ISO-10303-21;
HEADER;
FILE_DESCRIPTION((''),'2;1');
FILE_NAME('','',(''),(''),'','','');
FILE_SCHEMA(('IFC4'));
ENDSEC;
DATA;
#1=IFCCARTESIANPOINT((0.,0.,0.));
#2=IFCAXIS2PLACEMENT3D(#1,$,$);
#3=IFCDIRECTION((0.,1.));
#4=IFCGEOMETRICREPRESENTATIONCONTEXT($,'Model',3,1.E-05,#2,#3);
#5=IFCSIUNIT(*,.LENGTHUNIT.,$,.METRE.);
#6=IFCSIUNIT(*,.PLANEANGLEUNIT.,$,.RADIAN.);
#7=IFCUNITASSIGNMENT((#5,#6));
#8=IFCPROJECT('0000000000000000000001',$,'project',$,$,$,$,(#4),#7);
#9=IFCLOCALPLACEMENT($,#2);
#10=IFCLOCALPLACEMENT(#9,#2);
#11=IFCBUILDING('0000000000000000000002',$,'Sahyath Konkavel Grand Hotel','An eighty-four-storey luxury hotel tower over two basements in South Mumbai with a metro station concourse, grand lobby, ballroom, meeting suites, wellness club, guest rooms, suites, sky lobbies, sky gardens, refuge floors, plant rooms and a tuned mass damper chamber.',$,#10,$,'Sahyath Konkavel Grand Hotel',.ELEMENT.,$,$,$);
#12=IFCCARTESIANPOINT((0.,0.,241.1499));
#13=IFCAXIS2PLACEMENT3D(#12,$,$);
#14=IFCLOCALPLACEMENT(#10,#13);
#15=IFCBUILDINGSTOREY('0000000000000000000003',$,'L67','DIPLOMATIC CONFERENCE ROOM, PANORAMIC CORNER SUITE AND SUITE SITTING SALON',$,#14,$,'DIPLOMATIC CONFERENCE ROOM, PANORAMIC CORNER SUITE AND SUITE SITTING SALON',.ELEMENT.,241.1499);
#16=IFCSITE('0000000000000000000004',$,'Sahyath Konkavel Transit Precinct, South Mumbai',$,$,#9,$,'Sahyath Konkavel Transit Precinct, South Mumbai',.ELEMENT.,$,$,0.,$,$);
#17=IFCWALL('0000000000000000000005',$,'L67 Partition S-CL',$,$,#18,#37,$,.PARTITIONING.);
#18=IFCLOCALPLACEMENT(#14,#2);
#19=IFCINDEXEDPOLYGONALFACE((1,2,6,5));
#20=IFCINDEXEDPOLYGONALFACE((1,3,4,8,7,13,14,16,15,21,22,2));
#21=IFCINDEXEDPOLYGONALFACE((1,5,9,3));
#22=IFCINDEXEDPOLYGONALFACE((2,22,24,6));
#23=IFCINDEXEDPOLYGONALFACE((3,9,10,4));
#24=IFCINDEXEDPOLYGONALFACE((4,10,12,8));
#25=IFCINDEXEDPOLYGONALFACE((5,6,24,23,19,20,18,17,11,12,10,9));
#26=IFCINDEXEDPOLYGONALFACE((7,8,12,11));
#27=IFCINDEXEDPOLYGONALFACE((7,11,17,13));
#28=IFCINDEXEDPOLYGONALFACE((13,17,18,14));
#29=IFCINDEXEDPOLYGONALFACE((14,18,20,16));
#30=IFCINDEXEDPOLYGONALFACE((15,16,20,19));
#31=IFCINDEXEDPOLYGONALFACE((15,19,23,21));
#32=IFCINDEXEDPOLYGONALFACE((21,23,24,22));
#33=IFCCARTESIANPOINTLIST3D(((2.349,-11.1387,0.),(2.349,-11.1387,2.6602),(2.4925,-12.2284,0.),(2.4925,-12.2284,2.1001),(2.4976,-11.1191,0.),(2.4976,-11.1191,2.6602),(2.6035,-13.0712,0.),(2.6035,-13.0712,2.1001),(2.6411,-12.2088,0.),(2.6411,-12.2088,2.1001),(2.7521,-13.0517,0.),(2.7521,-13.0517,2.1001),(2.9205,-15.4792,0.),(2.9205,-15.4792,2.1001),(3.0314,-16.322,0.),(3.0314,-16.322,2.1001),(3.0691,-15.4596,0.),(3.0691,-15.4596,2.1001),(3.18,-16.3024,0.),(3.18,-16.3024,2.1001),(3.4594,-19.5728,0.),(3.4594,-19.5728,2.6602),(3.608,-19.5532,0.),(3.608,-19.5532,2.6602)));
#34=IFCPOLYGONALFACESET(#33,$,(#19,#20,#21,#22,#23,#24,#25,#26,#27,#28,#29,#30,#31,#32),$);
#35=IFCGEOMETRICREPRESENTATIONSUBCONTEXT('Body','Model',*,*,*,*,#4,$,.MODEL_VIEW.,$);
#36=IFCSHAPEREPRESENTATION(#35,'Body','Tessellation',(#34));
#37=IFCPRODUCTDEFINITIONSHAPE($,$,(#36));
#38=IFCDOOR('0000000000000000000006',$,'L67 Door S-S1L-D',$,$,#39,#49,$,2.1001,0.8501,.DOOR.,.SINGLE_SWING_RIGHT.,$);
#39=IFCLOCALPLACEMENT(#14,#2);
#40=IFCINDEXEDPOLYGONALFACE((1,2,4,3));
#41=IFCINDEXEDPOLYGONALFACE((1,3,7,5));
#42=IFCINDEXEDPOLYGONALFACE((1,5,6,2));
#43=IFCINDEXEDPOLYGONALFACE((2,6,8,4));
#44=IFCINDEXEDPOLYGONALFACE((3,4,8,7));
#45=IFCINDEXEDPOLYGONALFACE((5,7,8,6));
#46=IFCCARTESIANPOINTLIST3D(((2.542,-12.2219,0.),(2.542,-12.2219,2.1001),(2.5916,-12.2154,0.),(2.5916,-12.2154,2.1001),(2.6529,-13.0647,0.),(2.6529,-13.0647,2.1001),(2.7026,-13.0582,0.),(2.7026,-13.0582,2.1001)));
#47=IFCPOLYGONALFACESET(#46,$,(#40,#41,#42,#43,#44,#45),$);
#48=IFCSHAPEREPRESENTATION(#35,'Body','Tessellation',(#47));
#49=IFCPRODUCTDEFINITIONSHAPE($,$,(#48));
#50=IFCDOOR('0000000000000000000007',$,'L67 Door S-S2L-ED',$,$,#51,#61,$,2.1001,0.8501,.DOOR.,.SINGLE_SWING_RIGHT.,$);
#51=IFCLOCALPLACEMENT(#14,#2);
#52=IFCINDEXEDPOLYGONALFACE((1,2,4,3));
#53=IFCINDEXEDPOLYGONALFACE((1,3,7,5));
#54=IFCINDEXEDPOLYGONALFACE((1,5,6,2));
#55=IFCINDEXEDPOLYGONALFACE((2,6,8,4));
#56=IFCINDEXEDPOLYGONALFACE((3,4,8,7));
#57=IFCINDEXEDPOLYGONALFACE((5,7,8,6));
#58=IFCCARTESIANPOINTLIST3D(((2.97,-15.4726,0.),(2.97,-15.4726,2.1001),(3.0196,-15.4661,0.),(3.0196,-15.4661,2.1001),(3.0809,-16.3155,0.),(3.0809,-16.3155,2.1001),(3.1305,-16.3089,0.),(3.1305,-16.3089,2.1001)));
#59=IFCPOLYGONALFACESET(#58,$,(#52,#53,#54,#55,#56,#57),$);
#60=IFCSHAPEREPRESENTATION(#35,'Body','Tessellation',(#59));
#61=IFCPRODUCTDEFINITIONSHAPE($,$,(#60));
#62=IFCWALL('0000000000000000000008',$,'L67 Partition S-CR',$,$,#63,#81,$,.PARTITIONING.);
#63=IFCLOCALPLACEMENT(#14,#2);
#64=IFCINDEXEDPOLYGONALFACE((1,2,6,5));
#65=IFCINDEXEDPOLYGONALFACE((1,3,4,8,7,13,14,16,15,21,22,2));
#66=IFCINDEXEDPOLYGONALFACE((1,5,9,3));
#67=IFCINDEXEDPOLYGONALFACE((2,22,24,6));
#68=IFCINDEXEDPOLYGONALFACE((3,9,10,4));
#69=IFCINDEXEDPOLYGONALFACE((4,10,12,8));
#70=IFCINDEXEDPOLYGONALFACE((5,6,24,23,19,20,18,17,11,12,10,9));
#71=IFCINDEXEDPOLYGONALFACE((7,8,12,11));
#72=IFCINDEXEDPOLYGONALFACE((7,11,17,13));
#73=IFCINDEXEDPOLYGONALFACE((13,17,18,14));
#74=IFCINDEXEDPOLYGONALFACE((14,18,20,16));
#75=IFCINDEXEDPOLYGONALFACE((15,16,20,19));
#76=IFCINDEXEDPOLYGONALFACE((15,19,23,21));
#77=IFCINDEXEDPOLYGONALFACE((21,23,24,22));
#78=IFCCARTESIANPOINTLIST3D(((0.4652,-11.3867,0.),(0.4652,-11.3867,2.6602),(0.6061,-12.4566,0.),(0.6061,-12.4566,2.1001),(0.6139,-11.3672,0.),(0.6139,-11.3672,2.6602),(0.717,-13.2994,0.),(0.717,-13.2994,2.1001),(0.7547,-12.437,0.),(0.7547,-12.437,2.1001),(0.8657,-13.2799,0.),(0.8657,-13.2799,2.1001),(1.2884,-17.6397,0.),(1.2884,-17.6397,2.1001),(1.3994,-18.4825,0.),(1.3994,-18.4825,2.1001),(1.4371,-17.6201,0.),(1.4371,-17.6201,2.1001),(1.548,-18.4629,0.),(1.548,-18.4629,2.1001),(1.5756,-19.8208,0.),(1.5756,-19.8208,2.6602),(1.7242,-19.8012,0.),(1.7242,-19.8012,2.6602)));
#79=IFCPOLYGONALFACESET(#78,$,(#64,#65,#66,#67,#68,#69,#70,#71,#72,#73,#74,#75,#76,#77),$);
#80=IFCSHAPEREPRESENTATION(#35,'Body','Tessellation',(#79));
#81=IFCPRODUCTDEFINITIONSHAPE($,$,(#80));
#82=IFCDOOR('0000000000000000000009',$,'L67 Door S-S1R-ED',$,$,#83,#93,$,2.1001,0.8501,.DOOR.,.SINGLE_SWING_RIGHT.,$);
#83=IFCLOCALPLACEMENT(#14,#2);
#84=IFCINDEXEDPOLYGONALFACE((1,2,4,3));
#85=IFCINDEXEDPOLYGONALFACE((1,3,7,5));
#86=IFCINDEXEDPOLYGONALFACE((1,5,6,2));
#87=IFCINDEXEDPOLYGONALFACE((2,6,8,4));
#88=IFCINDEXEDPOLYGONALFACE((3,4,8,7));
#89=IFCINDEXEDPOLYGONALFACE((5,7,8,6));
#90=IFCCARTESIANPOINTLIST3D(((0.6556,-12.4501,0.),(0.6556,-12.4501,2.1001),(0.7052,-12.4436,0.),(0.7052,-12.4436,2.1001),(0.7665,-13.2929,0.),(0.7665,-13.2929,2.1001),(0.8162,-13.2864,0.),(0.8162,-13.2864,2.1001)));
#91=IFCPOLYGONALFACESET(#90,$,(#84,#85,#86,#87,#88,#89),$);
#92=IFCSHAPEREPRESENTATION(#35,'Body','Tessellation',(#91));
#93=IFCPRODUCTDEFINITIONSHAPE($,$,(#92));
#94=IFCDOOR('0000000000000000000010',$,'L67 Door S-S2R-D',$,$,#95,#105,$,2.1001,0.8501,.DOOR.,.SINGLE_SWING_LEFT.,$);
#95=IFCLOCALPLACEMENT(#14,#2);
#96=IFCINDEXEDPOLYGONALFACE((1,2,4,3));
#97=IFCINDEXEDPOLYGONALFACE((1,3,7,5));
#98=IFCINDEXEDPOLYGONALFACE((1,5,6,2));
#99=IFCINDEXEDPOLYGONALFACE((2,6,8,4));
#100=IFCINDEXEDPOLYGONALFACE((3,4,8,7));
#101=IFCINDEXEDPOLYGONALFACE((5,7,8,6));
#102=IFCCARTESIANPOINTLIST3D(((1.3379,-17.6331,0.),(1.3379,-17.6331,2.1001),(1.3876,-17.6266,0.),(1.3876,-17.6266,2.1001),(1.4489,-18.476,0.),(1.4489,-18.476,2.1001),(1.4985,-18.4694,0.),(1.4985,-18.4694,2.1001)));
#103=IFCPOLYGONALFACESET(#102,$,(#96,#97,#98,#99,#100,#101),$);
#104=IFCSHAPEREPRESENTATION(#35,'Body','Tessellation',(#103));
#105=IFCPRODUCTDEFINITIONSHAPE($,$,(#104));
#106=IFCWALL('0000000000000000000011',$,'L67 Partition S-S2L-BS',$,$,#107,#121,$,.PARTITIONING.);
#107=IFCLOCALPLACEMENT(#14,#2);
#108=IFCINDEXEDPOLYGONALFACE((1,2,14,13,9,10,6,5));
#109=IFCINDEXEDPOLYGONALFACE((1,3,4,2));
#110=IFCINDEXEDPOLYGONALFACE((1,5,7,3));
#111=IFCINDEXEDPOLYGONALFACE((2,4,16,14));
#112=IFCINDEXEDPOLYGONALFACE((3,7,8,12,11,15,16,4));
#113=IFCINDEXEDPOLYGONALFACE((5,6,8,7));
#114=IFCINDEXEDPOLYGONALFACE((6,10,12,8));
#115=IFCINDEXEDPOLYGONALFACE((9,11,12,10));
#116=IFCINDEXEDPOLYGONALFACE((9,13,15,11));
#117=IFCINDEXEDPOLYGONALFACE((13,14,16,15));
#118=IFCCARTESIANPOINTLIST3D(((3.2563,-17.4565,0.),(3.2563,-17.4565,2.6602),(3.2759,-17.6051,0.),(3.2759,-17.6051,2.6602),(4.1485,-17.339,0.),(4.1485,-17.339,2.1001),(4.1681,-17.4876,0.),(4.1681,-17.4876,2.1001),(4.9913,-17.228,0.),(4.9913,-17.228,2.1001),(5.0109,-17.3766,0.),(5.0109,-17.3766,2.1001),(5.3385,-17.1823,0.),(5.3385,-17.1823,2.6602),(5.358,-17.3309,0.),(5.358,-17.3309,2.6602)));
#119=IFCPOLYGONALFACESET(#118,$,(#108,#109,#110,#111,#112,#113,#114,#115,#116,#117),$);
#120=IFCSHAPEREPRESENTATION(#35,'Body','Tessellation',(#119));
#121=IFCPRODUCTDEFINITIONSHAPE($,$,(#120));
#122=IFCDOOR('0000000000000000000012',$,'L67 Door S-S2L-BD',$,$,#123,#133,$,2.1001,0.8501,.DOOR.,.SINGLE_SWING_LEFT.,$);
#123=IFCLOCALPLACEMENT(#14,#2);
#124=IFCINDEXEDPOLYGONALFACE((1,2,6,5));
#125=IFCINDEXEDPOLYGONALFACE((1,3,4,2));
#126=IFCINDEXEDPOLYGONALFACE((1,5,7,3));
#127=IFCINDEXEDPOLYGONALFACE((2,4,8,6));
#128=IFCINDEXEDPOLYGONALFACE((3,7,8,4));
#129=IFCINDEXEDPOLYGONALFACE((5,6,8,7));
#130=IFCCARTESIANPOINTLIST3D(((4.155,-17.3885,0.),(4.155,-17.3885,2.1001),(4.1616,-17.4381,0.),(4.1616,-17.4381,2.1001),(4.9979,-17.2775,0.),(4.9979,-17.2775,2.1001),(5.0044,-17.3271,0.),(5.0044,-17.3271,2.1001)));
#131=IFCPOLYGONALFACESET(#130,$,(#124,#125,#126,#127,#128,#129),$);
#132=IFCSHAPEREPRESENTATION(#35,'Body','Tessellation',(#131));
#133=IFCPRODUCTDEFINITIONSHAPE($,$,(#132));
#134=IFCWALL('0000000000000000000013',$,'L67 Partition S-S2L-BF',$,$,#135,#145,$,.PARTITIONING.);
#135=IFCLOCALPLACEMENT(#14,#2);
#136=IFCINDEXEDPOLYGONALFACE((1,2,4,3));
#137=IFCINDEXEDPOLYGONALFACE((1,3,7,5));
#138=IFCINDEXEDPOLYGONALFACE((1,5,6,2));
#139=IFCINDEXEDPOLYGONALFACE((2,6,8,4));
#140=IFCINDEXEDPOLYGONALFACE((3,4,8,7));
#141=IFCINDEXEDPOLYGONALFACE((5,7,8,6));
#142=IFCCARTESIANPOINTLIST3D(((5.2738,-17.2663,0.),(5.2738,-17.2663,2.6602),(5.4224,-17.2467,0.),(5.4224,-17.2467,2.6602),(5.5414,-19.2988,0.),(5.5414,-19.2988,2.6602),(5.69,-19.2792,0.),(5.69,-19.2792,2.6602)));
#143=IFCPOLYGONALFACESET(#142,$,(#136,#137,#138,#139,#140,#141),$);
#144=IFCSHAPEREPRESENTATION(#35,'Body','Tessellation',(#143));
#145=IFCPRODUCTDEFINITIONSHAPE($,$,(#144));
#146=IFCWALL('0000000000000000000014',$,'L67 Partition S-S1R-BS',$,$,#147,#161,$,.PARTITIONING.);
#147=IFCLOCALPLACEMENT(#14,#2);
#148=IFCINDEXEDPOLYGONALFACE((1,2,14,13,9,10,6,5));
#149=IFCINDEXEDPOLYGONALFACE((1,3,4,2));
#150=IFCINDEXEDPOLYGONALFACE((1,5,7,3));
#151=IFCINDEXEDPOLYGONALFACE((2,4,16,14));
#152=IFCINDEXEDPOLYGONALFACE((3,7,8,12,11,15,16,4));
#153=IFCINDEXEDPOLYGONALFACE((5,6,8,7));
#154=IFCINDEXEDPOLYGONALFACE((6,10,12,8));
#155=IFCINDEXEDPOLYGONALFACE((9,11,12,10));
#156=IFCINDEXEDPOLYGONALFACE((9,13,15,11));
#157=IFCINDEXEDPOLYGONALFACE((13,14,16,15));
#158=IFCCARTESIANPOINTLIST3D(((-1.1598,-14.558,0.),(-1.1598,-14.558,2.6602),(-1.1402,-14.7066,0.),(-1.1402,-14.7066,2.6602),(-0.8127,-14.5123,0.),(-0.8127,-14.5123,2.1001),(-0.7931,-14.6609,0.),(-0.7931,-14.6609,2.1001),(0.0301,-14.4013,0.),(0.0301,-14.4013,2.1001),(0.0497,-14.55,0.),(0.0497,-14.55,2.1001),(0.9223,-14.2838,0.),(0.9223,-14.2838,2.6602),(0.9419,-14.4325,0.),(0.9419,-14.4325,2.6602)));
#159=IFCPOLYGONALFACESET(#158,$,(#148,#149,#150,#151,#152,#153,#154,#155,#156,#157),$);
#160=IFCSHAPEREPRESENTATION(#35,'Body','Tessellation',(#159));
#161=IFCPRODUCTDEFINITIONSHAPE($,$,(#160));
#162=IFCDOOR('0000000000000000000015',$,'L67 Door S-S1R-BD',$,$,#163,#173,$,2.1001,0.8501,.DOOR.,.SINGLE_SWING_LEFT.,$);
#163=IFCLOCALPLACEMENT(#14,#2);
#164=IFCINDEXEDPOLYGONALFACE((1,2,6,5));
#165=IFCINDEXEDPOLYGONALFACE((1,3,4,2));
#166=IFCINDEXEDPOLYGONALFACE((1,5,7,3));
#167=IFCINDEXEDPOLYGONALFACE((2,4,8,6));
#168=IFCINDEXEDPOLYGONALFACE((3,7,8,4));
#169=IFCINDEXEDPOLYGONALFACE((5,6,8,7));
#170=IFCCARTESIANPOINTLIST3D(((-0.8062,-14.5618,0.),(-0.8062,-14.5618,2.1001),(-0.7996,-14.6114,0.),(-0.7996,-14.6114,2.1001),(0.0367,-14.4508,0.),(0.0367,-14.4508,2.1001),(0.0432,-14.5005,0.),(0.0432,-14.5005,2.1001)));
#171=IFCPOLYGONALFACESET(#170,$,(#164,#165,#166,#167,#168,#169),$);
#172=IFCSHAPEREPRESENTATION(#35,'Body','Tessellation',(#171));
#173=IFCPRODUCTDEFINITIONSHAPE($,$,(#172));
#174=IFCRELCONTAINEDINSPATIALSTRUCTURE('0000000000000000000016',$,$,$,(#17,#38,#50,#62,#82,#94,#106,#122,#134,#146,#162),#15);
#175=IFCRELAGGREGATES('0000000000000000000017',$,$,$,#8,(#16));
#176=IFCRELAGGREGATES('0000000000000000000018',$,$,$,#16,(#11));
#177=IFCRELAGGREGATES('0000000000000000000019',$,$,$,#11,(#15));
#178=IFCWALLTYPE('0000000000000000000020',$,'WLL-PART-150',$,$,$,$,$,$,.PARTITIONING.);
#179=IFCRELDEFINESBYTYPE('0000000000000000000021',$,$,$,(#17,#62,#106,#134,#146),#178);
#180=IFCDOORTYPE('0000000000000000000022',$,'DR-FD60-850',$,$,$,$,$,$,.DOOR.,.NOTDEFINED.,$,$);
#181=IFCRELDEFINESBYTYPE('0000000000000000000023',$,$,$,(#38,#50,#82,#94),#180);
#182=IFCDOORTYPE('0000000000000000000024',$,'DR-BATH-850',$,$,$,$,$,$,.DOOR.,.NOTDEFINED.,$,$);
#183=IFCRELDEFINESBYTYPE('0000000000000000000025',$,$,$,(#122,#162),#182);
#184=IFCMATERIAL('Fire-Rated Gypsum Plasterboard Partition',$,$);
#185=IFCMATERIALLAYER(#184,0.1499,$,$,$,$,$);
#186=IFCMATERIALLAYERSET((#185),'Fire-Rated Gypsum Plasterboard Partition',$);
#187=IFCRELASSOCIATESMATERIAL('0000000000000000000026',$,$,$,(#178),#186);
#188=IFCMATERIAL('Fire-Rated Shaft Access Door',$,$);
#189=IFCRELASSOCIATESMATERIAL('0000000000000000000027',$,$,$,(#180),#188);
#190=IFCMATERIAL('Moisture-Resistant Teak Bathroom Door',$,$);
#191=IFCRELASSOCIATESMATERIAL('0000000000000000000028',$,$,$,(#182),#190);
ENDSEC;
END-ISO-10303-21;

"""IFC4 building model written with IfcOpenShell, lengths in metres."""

from ifc_helpers import new_model, si_unit, direction, frame, frame_2d, origin, origin_2d, place, context, subcontext, project, spatial, rectangle, extrude, source, transform, mapped, material, layer, layer_set, type_object, element, fill, save


model = new_model("IFC4")

# Units and contexts
model_context = context("Model", 3, precision=1e-05, world=origin(), true_north=direction((0.0, 1.0)))
body_context = subcontext(model_context, "Body", "Model", "MODEL_VIEW")
ifc_project = project(units=[si_unit("LENGTHUNIT", "METRE"), si_unit("PLANEANGLEUNIT", "RADIAN")], contexts=[model_context])

# Site, building, storey
site_placement = place(None, origin())
site = spatial("IfcSite", under=ifc_project, at=site_placement, Name="Sahyath Konkavel Transit Precinct, South Mumbai", LongName="Sahyath Konkavel Transit Precinct, South Mumbai", CompositionType="ELEMENT", RefElevation=0.0)
building_placement = place(site_placement, origin())
building = spatial("IfcBuilding", under=site, at=building_placement, Name="Sahyath Konkavel Grand Hotel", Description="An eighty-four-storey luxury hotel tower over two basements in South Mumbai with a metro station concourse, grand lobby, ballroom, meeting suites, wellness club, guest rooms, suites, sky lobbies, sky gardens, refuge floors, plant rooms and a tuned mass damper chamber.", LongName="Sahyath Konkavel Grand Hotel", CompositionType="ELEMENT")
storey_placement = place(building_placement, frame((0.0, 0.0, 241.1499)))
storey = spatial("IfcBuildingStorey", under=building, at=storey_placement, Name="L67", Description="DIPLOMATIC CONFERENCE ROOM, PANORAMIC CORNER SUITE AND SUITE SITTING SALON", LongName="DIPLOMATIC CONFERENCE ROOM, PANORAMIC CORNER SUITE AND SUITE SITTING SALON", CompositionType="ELEMENT", Elevation=241.1499)

# Walls, openings, doors
ifc_material_1 = material(Name="Fire-Rated Gypsum Plasterboard Partition")
ifc_layer_1 = layer(ifc_material_1, 0.1499)
ifc_layer_set_1 = layer_set([ifc_layer_1], Name="Fire-Rated Gypsum Plasterboard Partition")
wall_type_1 = type_object("IfcWallType", Name="WLL-PART-150", PredefinedType="PARTITIONING", material=ifc_layer_set_1)
wall_1_placement = place(storey_placement, frame((2.4233, -11.1289, 0.0), z_axis=(0.0, 0.0, 1.0), x_axis=(0.130524, -0.991445, 0.0)))
wall_1 = element("IfcWall", 1, at=wall_1_placement, inside=storey, type_object=wall_type_1, Name="L67 Partition S-CL", PredefinedType="PARTITIONING", context=body_context, shape_type="SweptSolid", body=[
    extrude(rectangle(XDim=8.5068, YDim=0.1499, at=frame_2d((4.2534, 0.0))), origin(), (0.0, 0.0, 1.0), 2.6602),
])
opening_1_placement = place(wall_1_placement, frame((1.0991, 0.0, 0.0)))
opening_1 = element("IfcOpeningElement", 2, at=opening_1_placement, cuts=wall_1, PredefinedType="OPENING", context=body_context, shape_type="SweptSolid", body=[
    extrude(rectangle(XDim=0.8501, YDim=2.1001, at=frame_2d((0.425, 1.05))), frame((0.0, 0.085, 0.0), z_axis=(0.0, -1.0, 0.0), x_axis=(1.0, 0.0, 0.0)), (0.0, 0.0, 1.0), 0.1699),
])
opening_2_placement = place(wall_1_placement, frame((4.3779, 0.0, 0.0)))
opening_2 = element("IfcOpeningElement", 3, at=opening_2_placement, cuts=wall_1, PredefinedType="OPENING", context=body_context, shape_type="SweptSolid", body=[
    extrude(rectangle(XDim=0.8501, YDim=2.1001, at=frame_2d((0.425, 1.05))), frame((0.0, 0.085, 0.0), z_axis=(0.0, -1.0, 0.0), x_axis=(1.0, 0.0, 0.0)), (0.0, 0.0, 1.0), 0.1699),
])
ifc_material_2 = material(Name="Fire-Rated Shaft Access Door")
door_type_1 = type_object("IfcDoorType", Name="DR-FD60-850", OperationType="NOTDEFINED", PredefinedType="DOOR", material=ifc_material_2)
shared_shape_1 = source(origin(), body_context, "Body", "SweptSolid", [
    extrude(rectangle(XDim=0.8501, YDim=0.05, at=origin_2d()), origin(), (0.0, 0.0, 1.0), 2.1001),
])
door_1_placement = place(opening_1_placement, frame((0.425, 0.0, 0.0)))
door_1 = element("IfcDoor", 4, at=door_1_placement, inside=storey, type_object=door_type_1, Name="L67 Door S-S1L-D", OperationType="SINGLE_SWING_RIGHT", OverallHeight=2.1001, OverallWidth=0.8501, PredefinedType="DOOR", context=body_context, shape_type="MappedRepresentation", body=[
    mapped(shared_shape_1, transform((0.0, 0.0, 0.0), scale=1.0)),
])
fill(opening_1, door_1)
door_2_placement = place(opening_2_placement, frame((0.425, 0.0, 0.0)))
door_2 = element("IfcDoor", 5, at=door_2_placement, inside=storey, type_object=door_type_1, Name="L67 Door S-S2L-ED", OperationType="SINGLE_SWING_RIGHT", OverallHeight=2.1001, OverallWidth=0.8501, PredefinedType="DOOR", context=body_context, shape_type="MappedRepresentation", body=[
    mapped(shared_shape_1, transform((0.0, 0.0, 0.0), scale=1.0)),
])
fill(opening_2, door_2)
wall_2_placement = place(storey_placement, frame((0.5396, -11.377, 0.0), z_axis=(0.0, 0.0, 1.0), x_axis=(0.130524, -0.991445, 0.0)))
wall_2 = element("IfcWall", 6, at=wall_2_placement, inside=storey, type_object=wall_type_1, Name="L67 Partition S-CR", PredefinedType="PARTITIONING", context=body_context, shape_type="SweptSolid", body=[
    extrude(rectangle(XDim=8.5068, YDim=0.1499, at=frame_2d((4.2534, 0.0))), origin(), (0.0, 0.0, 1.0), 2.6602),
])
opening_3_placement = place(wall_2_placement, frame((1.0791, 0.0, 0.0)))
opening_3 = element("IfcOpeningElement", 7, at=opening_3_placement, cuts=wall_2, PredefinedType="OPENING", context=body_context, shape_type="SweptSolid", body=[
    extrude(rectangle(XDim=0.8501, YDim=2.1001, at=frame_2d((0.425, 1.05))), frame((0.0, 0.085, 0.0), z_axis=(0.0, -1.0, 0.0), x_axis=(1.0, 0.0, 0.0)), (0.0, 0.0, 1.0), 0.1699),
])
opening_4_placement = place(wall_2_placement, frame((6.3069, 0.0, 0.0)))
opening_4 = element("IfcOpeningElement", 8, at=opening_4_placement, cuts=wall_2, PredefinedType="OPENING", context=body_context, shape_type="SweptSolid", body=[
    extrude(rectangle(XDim=0.8501, YDim=2.1001, at=frame_2d((0.425, 1.05))), frame((0.0, 0.085, 0.0), z_axis=(0.0, -1.0, 0.0), x_axis=(1.0, 0.0, 0.0)), (0.0, 0.0, 1.0), 0.1699),
])
door_3_placement = place(opening_3_placement, frame((0.425, 0.0, 0.0)))
door_3 = element("IfcDoor", 9, at=door_3_placement, inside=storey, type_object=door_type_1, Name="L67 Door S-S1R-ED", OperationType="SINGLE_SWING_RIGHT", OverallHeight=2.1001, OverallWidth=0.8501, PredefinedType="DOOR", context=body_context, shape_type="MappedRepresentation", body=[
    mapped(shared_shape_1, transform((0.0, 0.0, 0.0), scale=1.0)),
])
fill(opening_3, door_3)
door_4_placement = place(opening_4_placement, frame((0.425, 0.0, 0.0)))
door_4 = element("IfcDoor", 10, at=door_4_placement, inside=storey, type_object=door_type_1, Name="L67 Door S-S2R-D", OperationType="SINGLE_SWING_LEFT", OverallHeight=2.1001, OverallWidth=0.8501, PredefinedType="DOOR", context=body_context, shape_type="MappedRepresentation", body=[
    mapped(shared_shape_1, transform((0.0, 0.0, 0.0), scale=1.0)),
])
fill(opening_4, door_4)

# Wall, opening, door
wall_3_placement = place(storey_placement, frame((3.2661, -17.5308, 0.0), z_axis=(0.0, 0.0, 1.0), x_axis=(0.991441, 0.130557, 0.0)))
wall_3 = element("IfcWall", 11, at=wall_3_placement, inside=storey, type_object=wall_type_1, Name="L67 Partition S-S2L-BS", PredefinedType="PARTITIONING", context=body_context, shape_type="SweptSolid", body=[
    extrude(rectangle(XDim=2.1001, YDim=0.1499, at=frame_2d((1.05, 0.0))), origin(), (0.0, 0.0, 1.0), 2.6602),
])
opening_5_placement = place(wall_3_placement, frame((0.8999, 0.0, 0.0)))
opening_5 = element("IfcOpeningElement", 12, at=opening_5_placement, cuts=wall_3, PredefinedType="OPENING", context=body_context, shape_type="SweptSolid", body=[
    extrude(rectangle(XDim=0.8501, YDim=2.1001, at=frame_2d((0.425, 1.05))), frame((0.0, 0.085, 0.0), z_axis=(0.0, -1.0, 0.0), x_axis=(1.0, 0.0, 0.0)), (0.0, 0.0, 1.0), 0.1699),
])
ifc_material_3 = material(Name="Moisture-Resistant Teak Bathroom Door")
door_type_2 = type_object("IfcDoorType", Name="DR-BATH-850", OperationType="NOTDEFINED", PredefinedType="DOOR", material=ifc_material_3)
door_5_placement = place(opening_5_placement, frame((0.425, 0.0, 0.0)))
door_5 = element("IfcDoor", 13, at=door_5_placement, inside=storey, type_object=door_type_2, Name="L67 Door S-S2L-BD", OperationType="SINGLE_SWING_LEFT", OverallHeight=2.1001, OverallWidth=0.8501, PredefinedType="DOOR", context=body_context, shape_type="MappedRepresentation", body=[
    mapped(shared_shape_1, transform((0.0, 0.0, 0.0), scale=1.0)),
])
fill(opening_5, door_5)

# Wall
wall_4_placement = place(storey_placement, frame((5.3481, -17.2566, 0.0), z_axis=(0.0, 0.0, 1.0), x_axis=(0.130525, -0.991445, 0.0)))
element("IfcWall", 14, at=wall_4_placement, inside=storey, type_object=wall_type_1, Name="L67 Partition S-S2L-BF", PredefinedType="PARTITIONING", context=body_context, shape_type="SweptSolid", body=[
    extrude(rectangle(XDim=2.05, YDim=0.1499, at=frame_2d((1.0249, 0.0))), origin(), (0.0, 0.0, 1.0), 2.6602),
])

# Wall, opening, door
wall_5_placement = place(storey_placement, frame((0.9321, -14.3582, 0.0), z_axis=(0.0, 0.0, 1.0), x_axis=(-0.991441, -0.130557, 0.0)))
wall_5 = element("IfcWall", 15, at=wall_5_placement, inside=storey, type_object=wall_type_1, Name="L67 Partition S-S1R-BS", PredefinedType="PARTITIONING", context=body_context, shape_type="SweptSolid", body=[
    extrude(rectangle(XDim=2.1001, YDim=0.1499, at=frame_2d((1.05, 0.0))), origin(), (0.0, 0.0, 1.0), 2.6602),
])
opening_6_placement = place(wall_5_placement, frame((0.8999, 0.0, 0.0)))
opening_6 = element("IfcOpeningElement", 16, at=opening_6_placement, cuts=wall_5, PredefinedType="OPENING", context=body_context, shape_type="SweptSolid", body=[
    extrude(rectangle(XDim=0.8501, YDim=2.1001, at=frame_2d((0.425, 1.05))), frame((0.0, 0.085, 0.0), z_axis=(0.0, -1.0, 0.0), x_axis=(1.0, 0.0, 0.0)), (0.0, 0.0, 1.0), 0.1699),
])
door_6_placement = place(opening_6_placement, frame((0.425, 0.0, 0.0)))
door_6 = element("IfcDoor", 17, at=door_6_placement, inside=storey, type_object=door_type_2, Name="L67 Door S-S1R-BD", OperationType="SINGLE_SWING_LEFT", OverallHeight=2.1001, OverallWidth=0.8501, PredefinedType="DOOR", context=body_context, shape_type="MappedRepresentation", body=[
    mapped(shared_shape_1, transform((0.0, 0.0, 0.0), scale=1.0)),
])
fill(opening_6, door_6)

save(model, "model.ifc")
